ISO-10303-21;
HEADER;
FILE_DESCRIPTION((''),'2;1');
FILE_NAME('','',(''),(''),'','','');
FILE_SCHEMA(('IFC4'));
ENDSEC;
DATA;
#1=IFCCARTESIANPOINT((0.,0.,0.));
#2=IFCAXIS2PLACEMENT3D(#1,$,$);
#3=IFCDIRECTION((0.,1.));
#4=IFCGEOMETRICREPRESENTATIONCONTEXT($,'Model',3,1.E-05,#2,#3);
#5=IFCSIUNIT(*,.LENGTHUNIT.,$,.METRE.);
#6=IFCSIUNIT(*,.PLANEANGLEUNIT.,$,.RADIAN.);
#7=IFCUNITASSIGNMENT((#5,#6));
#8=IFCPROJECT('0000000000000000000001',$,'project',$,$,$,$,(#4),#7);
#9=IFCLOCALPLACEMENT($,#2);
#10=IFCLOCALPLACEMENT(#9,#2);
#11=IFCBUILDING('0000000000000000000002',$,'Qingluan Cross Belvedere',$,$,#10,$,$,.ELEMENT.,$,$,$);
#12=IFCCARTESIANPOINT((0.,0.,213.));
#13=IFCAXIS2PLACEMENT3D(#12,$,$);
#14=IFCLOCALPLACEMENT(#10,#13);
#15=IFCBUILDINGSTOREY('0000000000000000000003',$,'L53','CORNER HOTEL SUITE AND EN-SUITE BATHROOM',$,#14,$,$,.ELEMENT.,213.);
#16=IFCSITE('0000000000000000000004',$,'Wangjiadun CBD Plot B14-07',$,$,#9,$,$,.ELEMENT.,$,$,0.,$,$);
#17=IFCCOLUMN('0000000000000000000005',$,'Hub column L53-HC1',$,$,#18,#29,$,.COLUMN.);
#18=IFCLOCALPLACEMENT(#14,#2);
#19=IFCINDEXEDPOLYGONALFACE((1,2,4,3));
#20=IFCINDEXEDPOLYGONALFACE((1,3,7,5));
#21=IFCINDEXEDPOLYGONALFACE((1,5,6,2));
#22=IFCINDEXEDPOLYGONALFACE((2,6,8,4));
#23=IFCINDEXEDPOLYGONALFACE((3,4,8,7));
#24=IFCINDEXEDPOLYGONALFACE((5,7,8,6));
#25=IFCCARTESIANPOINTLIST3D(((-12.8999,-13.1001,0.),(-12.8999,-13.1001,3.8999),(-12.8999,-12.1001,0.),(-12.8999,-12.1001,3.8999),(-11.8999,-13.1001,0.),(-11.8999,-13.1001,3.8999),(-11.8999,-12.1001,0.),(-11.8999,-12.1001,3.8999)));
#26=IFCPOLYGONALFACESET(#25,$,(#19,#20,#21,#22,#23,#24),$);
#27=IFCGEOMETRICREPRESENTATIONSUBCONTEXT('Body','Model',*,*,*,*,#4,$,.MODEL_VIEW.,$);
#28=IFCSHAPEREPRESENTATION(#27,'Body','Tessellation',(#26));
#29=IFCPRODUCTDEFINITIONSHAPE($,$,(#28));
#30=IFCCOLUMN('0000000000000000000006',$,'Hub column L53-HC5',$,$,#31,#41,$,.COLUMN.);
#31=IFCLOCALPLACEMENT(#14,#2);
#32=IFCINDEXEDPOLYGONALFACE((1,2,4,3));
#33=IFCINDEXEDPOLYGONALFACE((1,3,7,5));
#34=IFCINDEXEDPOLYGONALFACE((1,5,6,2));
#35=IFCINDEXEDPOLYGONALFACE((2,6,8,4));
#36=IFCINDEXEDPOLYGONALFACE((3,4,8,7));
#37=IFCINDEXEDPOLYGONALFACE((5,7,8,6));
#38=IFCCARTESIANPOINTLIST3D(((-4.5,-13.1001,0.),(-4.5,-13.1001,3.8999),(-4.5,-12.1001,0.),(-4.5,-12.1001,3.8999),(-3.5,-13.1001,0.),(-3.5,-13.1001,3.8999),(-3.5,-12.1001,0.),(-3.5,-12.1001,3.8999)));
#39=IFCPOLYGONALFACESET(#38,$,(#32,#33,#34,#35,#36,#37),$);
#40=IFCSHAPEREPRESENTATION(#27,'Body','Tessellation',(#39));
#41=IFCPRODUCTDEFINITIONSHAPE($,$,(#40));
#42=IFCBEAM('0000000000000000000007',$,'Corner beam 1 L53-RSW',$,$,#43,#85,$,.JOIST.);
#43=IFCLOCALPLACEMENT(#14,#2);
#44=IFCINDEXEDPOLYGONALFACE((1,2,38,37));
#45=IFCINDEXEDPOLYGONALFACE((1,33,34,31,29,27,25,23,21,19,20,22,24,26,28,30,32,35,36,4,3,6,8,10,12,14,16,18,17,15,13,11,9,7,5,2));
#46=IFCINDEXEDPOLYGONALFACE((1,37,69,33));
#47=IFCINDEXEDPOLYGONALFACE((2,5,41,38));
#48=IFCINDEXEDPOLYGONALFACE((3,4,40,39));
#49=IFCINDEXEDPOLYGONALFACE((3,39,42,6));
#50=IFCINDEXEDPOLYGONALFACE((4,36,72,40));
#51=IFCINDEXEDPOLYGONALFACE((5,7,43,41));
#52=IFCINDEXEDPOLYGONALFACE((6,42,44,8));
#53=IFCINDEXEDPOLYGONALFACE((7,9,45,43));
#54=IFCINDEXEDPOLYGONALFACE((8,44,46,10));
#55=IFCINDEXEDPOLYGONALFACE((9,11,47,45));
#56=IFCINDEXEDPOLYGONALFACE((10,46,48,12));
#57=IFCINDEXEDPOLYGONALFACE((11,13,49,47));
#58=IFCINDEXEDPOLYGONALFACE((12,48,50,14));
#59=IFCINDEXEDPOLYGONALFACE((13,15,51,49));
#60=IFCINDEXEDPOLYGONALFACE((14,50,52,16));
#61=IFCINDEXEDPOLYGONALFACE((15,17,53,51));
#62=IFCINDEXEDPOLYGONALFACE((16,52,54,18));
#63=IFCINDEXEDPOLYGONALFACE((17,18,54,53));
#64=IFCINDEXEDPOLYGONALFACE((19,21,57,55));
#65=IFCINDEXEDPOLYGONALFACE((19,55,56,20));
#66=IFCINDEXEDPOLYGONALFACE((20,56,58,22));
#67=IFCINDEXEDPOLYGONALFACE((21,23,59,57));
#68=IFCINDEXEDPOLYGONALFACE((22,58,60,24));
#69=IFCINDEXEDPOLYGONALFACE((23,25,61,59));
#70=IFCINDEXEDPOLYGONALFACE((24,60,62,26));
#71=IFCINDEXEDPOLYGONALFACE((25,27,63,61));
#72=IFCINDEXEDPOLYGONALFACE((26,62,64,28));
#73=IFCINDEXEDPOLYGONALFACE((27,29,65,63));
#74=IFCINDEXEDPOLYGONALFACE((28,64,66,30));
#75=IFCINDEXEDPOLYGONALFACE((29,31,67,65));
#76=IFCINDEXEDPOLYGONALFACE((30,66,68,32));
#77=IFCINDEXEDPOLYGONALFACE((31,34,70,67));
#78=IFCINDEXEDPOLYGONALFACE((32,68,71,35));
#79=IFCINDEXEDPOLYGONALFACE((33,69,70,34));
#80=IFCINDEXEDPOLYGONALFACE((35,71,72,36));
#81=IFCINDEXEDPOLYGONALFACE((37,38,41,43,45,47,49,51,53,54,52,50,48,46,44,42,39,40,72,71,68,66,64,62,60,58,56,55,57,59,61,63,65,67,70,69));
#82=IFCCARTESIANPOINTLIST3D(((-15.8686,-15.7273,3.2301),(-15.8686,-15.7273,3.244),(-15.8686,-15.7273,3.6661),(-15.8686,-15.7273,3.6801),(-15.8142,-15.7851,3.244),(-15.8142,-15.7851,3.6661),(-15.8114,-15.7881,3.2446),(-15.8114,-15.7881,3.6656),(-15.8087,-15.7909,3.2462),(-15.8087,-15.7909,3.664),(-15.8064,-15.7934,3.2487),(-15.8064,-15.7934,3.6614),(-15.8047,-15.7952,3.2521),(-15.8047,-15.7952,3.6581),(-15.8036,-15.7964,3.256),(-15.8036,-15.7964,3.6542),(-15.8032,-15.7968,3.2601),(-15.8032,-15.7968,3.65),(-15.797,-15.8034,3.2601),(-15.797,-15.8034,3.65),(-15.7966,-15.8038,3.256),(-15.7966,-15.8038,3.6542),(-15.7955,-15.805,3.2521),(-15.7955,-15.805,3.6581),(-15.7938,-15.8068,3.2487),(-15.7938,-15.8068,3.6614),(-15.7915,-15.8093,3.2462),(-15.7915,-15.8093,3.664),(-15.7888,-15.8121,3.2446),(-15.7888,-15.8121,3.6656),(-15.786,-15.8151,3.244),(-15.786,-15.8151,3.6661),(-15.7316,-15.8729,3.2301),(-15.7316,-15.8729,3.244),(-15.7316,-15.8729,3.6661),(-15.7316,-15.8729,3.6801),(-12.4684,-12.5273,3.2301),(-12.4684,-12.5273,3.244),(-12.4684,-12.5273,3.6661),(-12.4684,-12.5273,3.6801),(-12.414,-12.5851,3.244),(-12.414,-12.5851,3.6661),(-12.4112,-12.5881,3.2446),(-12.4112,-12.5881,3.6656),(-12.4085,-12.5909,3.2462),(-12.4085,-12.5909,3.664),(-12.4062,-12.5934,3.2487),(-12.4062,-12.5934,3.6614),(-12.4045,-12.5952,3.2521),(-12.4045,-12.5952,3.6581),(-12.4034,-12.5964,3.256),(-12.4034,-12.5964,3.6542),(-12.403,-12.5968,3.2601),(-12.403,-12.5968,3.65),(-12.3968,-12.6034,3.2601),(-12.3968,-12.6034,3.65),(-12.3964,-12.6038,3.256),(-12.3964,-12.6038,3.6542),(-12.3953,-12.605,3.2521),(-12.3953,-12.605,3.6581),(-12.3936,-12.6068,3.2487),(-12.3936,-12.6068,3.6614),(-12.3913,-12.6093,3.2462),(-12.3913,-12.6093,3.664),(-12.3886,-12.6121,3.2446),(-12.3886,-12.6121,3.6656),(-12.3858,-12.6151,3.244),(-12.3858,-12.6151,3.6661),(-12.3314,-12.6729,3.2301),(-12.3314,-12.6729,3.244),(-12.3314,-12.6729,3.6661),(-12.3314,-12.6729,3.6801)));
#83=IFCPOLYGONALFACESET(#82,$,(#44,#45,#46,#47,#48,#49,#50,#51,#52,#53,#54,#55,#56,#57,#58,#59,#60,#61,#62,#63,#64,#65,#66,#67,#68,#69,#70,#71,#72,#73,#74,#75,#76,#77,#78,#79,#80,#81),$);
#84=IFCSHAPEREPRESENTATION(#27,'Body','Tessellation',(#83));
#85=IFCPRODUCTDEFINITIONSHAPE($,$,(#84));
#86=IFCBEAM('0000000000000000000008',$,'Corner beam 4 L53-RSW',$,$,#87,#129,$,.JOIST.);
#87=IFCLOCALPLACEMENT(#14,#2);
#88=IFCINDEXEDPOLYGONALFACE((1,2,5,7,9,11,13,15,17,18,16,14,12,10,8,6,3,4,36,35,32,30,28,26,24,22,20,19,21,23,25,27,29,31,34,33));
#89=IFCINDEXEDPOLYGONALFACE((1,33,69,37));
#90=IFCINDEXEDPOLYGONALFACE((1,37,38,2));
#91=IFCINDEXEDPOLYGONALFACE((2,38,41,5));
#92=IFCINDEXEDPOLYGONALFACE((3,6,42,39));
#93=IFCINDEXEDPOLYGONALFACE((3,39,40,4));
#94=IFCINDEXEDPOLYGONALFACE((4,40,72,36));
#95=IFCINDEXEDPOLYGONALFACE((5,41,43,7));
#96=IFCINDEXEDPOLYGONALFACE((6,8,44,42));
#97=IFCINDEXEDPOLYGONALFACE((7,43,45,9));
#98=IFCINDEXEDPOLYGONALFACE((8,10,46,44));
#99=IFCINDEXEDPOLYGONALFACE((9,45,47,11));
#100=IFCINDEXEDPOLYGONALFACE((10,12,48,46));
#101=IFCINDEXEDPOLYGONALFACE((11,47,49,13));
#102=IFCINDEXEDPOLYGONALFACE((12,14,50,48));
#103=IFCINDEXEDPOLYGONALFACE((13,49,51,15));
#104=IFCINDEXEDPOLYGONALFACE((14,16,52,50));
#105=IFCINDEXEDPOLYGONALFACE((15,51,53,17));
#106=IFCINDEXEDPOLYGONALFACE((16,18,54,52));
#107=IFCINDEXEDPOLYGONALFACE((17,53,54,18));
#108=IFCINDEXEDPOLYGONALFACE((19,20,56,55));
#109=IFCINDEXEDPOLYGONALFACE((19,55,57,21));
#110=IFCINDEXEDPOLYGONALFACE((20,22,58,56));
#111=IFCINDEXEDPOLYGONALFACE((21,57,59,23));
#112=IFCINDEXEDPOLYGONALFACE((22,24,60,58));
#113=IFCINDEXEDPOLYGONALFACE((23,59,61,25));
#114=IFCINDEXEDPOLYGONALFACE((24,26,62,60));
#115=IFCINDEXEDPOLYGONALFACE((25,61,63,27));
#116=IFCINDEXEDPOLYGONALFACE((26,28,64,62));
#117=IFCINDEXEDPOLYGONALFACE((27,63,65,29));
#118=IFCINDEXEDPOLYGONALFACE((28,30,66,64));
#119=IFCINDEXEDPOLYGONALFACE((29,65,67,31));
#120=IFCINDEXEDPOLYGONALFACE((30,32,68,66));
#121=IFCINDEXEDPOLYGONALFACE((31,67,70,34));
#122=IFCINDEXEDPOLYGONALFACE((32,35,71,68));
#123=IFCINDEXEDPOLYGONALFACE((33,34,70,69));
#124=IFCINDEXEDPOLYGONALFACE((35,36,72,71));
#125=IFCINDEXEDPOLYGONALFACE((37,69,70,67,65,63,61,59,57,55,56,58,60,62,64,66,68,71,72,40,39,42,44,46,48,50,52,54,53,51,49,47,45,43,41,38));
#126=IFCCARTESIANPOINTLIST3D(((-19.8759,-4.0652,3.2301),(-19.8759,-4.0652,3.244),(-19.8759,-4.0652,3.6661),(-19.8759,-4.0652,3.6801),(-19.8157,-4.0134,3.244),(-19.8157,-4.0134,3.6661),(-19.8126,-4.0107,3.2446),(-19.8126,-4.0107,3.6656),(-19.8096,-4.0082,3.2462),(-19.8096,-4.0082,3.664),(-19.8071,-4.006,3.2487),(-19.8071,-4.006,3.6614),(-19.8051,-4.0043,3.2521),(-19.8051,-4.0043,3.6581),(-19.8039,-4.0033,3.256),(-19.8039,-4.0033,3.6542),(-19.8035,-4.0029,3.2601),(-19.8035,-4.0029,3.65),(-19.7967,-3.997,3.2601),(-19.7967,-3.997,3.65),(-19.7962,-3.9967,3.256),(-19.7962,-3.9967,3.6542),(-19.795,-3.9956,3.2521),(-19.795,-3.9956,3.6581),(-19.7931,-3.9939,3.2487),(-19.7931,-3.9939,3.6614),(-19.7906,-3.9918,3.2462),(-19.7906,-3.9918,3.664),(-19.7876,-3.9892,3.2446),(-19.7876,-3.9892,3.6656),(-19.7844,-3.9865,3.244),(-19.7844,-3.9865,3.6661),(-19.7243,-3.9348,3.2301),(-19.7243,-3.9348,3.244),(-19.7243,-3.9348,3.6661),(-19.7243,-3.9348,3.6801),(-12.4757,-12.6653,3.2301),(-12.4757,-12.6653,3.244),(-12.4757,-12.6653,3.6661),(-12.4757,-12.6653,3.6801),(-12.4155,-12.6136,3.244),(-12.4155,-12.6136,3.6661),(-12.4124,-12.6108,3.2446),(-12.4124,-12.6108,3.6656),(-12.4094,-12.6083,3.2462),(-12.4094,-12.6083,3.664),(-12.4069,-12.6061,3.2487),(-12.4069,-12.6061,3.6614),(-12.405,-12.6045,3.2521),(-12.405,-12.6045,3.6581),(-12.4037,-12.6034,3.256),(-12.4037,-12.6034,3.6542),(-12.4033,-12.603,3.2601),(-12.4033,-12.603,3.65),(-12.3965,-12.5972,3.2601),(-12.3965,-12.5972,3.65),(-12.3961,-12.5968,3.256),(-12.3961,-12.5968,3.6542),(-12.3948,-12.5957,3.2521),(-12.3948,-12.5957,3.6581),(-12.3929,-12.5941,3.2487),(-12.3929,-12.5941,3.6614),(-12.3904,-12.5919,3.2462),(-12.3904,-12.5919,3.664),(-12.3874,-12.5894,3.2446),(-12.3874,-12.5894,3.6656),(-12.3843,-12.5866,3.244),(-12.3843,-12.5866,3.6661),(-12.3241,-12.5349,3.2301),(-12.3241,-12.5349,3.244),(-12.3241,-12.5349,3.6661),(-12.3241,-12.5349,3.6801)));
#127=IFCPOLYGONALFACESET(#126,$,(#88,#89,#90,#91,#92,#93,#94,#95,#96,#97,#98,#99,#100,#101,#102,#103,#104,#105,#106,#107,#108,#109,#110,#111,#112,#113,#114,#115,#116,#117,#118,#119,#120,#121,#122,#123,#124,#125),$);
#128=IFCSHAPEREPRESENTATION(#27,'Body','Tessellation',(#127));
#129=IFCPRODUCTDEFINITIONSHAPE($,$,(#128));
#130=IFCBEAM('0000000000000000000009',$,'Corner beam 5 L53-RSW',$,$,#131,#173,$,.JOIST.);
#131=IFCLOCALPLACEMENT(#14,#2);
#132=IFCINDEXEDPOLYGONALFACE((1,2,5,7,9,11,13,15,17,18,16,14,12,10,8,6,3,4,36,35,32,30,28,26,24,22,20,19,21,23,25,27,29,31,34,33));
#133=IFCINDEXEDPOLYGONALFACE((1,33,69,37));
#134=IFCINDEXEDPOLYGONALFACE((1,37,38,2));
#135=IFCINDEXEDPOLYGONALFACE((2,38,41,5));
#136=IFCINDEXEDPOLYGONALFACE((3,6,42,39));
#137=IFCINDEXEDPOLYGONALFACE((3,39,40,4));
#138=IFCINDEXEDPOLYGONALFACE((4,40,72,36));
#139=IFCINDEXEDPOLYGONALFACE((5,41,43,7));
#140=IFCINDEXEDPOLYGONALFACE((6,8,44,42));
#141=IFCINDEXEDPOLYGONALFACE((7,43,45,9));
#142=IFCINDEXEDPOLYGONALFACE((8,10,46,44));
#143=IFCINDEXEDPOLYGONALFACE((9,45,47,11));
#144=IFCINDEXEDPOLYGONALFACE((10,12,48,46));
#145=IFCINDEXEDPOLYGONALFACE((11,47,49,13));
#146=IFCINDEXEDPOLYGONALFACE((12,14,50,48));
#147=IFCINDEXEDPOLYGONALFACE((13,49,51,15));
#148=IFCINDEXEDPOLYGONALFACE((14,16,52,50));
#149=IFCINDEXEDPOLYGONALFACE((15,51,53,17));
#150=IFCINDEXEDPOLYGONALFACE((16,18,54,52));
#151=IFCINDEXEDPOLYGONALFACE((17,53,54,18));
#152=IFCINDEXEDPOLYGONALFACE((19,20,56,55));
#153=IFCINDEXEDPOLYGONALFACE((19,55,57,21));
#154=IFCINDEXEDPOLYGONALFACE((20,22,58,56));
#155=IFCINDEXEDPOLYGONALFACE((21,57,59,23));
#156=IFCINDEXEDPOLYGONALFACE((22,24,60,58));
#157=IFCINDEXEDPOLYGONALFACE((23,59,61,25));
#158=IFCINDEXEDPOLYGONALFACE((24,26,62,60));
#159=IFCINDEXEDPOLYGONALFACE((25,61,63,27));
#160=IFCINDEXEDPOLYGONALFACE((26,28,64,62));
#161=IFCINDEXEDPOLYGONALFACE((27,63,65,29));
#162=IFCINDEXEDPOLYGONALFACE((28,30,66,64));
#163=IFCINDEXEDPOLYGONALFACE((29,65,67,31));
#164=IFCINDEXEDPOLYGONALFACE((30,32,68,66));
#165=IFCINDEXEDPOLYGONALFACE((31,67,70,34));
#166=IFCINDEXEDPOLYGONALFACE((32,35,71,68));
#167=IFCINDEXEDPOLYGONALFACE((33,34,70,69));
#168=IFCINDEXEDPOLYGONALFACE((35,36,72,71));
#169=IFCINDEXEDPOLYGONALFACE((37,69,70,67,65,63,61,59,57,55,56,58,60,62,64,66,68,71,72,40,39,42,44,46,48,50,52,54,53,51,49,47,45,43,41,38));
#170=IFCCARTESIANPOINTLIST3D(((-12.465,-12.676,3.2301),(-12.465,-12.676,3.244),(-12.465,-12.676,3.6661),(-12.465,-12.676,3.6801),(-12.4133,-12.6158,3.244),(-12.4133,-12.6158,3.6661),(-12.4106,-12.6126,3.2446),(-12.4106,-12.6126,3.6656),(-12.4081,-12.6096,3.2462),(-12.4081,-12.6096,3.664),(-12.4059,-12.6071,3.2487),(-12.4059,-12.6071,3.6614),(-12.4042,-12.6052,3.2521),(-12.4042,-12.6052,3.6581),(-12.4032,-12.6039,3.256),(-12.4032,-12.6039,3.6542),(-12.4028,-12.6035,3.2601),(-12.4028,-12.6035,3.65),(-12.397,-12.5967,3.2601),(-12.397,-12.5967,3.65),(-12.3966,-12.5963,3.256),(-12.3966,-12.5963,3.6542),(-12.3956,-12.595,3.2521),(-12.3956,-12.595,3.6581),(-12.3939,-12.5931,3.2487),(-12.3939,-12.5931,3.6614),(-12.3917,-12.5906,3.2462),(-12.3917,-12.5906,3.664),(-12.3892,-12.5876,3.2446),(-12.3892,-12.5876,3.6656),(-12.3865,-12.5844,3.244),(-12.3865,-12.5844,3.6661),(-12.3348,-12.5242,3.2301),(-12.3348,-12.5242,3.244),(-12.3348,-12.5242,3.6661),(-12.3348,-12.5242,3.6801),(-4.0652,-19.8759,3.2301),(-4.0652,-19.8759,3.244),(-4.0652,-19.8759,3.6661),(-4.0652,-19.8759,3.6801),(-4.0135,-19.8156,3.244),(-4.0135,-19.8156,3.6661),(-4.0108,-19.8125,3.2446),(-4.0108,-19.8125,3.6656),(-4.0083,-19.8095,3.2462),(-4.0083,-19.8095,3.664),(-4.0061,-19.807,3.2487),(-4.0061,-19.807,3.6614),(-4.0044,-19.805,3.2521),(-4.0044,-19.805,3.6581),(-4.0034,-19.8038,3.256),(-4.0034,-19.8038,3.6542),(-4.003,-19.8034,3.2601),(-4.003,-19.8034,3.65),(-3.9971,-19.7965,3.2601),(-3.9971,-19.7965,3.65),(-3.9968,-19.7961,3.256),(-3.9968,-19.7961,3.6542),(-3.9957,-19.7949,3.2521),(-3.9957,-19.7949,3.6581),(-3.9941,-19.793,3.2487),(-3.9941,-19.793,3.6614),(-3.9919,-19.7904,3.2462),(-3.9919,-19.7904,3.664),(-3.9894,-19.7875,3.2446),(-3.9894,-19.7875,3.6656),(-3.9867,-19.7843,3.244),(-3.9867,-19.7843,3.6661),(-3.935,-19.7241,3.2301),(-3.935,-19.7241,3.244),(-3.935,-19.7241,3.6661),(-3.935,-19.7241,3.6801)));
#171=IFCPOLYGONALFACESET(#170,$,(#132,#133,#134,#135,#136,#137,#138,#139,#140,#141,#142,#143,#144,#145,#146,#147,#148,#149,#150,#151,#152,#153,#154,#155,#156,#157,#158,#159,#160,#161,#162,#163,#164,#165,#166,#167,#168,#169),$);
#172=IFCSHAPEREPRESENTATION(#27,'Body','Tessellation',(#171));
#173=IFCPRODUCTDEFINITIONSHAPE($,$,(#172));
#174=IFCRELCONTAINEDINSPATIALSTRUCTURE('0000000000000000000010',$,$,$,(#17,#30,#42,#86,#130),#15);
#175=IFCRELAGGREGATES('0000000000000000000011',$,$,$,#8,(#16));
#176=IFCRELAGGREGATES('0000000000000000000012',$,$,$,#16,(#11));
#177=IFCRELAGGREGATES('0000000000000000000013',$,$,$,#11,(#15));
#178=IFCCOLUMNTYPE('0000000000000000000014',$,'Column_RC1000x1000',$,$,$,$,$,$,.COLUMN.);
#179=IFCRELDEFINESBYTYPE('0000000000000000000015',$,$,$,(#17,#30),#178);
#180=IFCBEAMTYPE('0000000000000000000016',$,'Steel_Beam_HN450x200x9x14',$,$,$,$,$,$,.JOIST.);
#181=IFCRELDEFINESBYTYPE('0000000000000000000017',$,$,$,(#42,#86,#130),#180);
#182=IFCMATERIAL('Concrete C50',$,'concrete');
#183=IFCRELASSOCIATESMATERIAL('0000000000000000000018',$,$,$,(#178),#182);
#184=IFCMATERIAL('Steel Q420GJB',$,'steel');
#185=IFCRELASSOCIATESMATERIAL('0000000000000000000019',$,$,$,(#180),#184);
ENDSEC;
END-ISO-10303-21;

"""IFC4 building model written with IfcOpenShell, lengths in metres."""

from ifc_helpers import new_model, si_unit, direction, frame, origin, origin_2d, place, context, subcontext, project, spatial, rectangle, i_section, extrude, material, material_profile, profile_set, type_object, element, save


model = new_model("IFC4")

# Units and contexts
model_context = context("Model", 3, precision=1e-05, world=origin(), true_north=direction((0.0, 1.0)))
body_context = subcontext(model_context, "Body", "Model", "MODEL_VIEW")
ifc_project = project(units=[si_unit("LENGTHUNIT", "METRE"), si_unit("PLANEANGLEUNIT", "RADIAN")], contexts=[model_context])

# Site, building, storey
site_placement = place(None, origin())
site = spatial("IfcSite", under=ifc_project, at=site_placement, Name="Wangjiadun CBD Plot B14-07", CompositionType="ELEMENT", RefElevation=0.0)
building_placement = place(site_placement, origin())
building = spatial("IfcBuilding", under=site, at=building_placement, Name="Qingluan Cross Belvedere", CompositionType="ELEMENT")
storey_placement = place(building_placement, frame((0.0, 0.0, 213.0)))
storey = spatial("IfcBuildingStorey", under=building, at=storey_placement, Name="L53", Description="CORNER HOTEL SUITE AND EN-SUITE BATHROOM", CompositionType="ELEMENT", Elevation=213.0)

# Columns
ifc_material_1 = material(Name="Concrete C50", Category="concrete")
ifc_material_profile_1 = material_profile(ifc_material_1, rectangle(XDim=1.0, YDim=1.0, at=origin_2d()), Name="RC1000x1000")
ifc_profile_set_1 = profile_set([ifc_material_profile_1], Name="Concrete C50")
column_type = type_object("IfcColumnType", Name="Column_RC1000x1000", PredefinedType="COLUMN", material=ifc_profile_set_1)
for number, where, z_axis, x_axis, name in (
    (1, (-12.3999, -12.6001, 0.0), (0.0, 0.0, 1.0), (1.0, 0.0, 0.0), "Hub column L53-HC1"),
    (2, (-4.0, -12.6001, 0.0), (0.0, 0.0, 1.0), (1.0, 0.0, 0.0), "Hub column L53-HC5"),
):
    element("IfcColumn", number, at=place(storey_placement, frame(where, z_axis=z_axis, x_axis=x_axis)), inside=storey, type_object=column_type, Name=name, PredefinedType="COLUMN", context=body_context, shape_type="SweptSolid", body=[
        extrude(rectangle(XDim=1.0, YDim=1.0, at=origin_2d()), origin(), (0.0, 0.0, 1.0), 3.8999),
    ])

# Beams
ifc_material_2 = material(Name="Steel Q420GJB", Category="steel")
ifc_material_profile_2 = material_profile(ifc_material_2, i_section(OverallWidth=0.2, OverallDepth=0.45, WebThickness=0.009, FlangeThickness=0.0139, FilletRadius=0.0161, at=origin_2d()), Name="HN450x200x9x14")
ifc_profile_set_2 = profile_set([ifc_material_profile_2], Name="Steel Q420GJB")
beam_type_1 = type_object("IfcBeamType", Name="Steel_Beam_HN450x200x9x14", PredefinedType="JOIST", material=ifc_profile_set_2)
beam_1_placement = place(storey_placement, frame((-12.3999, -12.6001, 3.4551), z_axis=(-0.72822, -0.685343, 0.0), x_axis=(0.685343, -0.72822, 0.0)))
element("IfcBeam", 3, at=beam_1_placement, inside=storey, type_object=beam_type_1, Name="Corner beam 1 L53-RSW", PredefinedType="JOIST", context=body_context, shape_type="SweptSolid", body=[
    extrude(i_section(OverallWidth=0.2, OverallDepth=0.45, WebThickness=0.009, FlangeThickness=0.0139, FilletRadius=0.0161, at=origin_2d()), origin(), (0.0, 0.0, 1.0), 4.6692),
])
beam_2_placement = place(storey_placement, frame((-12.3999, -12.6001, 3.4551), z_axis=(-0.652245, 0.758008, 0.0), x_axis=(-0.758008, -0.652245, 0.0)))
element("IfcBeam", 4, at=beam_2_placement, inside=storey, type_object=beam_type_1, Name="Corner beam 4 L53-RSW", PredefinedType="JOIST", context=body_context, shape_type="SweptSolid", body=[
    extrude(i_section(OverallWidth=0.2, OverallDepth=0.45, WebThickness=0.009, FlangeThickness=0.0139, FilletRadius=0.0161, at=origin_2d()), origin(), (0.0, 0.0, 1.0), 11.3457),
])
beam_3_placement = place(storey_placement, frame((-12.3999, -12.6001, 3.4551), z_axis=(0.759255, -0.650793, 0.0), x_axis=(0.650793, 0.759255, 0.0)))
element("IfcBeam", 5, at=beam_3_placement, inside=storey, type_object=beam_type_1, Name="Corner beam 5 L53-RSW", PredefinedType="JOIST", context=body_context, shape_type="SweptSolid", body=[
    extrude(i_section(OverallWidth=0.2, OverallDepth=0.45, WebThickness=0.009, FlangeThickness=0.0139, FilletRadius=0.0161, at=origin_2d()), origin(), (0.0, 0.0, 1.0), 11.0632),
])

save(model, "model.ifc")
